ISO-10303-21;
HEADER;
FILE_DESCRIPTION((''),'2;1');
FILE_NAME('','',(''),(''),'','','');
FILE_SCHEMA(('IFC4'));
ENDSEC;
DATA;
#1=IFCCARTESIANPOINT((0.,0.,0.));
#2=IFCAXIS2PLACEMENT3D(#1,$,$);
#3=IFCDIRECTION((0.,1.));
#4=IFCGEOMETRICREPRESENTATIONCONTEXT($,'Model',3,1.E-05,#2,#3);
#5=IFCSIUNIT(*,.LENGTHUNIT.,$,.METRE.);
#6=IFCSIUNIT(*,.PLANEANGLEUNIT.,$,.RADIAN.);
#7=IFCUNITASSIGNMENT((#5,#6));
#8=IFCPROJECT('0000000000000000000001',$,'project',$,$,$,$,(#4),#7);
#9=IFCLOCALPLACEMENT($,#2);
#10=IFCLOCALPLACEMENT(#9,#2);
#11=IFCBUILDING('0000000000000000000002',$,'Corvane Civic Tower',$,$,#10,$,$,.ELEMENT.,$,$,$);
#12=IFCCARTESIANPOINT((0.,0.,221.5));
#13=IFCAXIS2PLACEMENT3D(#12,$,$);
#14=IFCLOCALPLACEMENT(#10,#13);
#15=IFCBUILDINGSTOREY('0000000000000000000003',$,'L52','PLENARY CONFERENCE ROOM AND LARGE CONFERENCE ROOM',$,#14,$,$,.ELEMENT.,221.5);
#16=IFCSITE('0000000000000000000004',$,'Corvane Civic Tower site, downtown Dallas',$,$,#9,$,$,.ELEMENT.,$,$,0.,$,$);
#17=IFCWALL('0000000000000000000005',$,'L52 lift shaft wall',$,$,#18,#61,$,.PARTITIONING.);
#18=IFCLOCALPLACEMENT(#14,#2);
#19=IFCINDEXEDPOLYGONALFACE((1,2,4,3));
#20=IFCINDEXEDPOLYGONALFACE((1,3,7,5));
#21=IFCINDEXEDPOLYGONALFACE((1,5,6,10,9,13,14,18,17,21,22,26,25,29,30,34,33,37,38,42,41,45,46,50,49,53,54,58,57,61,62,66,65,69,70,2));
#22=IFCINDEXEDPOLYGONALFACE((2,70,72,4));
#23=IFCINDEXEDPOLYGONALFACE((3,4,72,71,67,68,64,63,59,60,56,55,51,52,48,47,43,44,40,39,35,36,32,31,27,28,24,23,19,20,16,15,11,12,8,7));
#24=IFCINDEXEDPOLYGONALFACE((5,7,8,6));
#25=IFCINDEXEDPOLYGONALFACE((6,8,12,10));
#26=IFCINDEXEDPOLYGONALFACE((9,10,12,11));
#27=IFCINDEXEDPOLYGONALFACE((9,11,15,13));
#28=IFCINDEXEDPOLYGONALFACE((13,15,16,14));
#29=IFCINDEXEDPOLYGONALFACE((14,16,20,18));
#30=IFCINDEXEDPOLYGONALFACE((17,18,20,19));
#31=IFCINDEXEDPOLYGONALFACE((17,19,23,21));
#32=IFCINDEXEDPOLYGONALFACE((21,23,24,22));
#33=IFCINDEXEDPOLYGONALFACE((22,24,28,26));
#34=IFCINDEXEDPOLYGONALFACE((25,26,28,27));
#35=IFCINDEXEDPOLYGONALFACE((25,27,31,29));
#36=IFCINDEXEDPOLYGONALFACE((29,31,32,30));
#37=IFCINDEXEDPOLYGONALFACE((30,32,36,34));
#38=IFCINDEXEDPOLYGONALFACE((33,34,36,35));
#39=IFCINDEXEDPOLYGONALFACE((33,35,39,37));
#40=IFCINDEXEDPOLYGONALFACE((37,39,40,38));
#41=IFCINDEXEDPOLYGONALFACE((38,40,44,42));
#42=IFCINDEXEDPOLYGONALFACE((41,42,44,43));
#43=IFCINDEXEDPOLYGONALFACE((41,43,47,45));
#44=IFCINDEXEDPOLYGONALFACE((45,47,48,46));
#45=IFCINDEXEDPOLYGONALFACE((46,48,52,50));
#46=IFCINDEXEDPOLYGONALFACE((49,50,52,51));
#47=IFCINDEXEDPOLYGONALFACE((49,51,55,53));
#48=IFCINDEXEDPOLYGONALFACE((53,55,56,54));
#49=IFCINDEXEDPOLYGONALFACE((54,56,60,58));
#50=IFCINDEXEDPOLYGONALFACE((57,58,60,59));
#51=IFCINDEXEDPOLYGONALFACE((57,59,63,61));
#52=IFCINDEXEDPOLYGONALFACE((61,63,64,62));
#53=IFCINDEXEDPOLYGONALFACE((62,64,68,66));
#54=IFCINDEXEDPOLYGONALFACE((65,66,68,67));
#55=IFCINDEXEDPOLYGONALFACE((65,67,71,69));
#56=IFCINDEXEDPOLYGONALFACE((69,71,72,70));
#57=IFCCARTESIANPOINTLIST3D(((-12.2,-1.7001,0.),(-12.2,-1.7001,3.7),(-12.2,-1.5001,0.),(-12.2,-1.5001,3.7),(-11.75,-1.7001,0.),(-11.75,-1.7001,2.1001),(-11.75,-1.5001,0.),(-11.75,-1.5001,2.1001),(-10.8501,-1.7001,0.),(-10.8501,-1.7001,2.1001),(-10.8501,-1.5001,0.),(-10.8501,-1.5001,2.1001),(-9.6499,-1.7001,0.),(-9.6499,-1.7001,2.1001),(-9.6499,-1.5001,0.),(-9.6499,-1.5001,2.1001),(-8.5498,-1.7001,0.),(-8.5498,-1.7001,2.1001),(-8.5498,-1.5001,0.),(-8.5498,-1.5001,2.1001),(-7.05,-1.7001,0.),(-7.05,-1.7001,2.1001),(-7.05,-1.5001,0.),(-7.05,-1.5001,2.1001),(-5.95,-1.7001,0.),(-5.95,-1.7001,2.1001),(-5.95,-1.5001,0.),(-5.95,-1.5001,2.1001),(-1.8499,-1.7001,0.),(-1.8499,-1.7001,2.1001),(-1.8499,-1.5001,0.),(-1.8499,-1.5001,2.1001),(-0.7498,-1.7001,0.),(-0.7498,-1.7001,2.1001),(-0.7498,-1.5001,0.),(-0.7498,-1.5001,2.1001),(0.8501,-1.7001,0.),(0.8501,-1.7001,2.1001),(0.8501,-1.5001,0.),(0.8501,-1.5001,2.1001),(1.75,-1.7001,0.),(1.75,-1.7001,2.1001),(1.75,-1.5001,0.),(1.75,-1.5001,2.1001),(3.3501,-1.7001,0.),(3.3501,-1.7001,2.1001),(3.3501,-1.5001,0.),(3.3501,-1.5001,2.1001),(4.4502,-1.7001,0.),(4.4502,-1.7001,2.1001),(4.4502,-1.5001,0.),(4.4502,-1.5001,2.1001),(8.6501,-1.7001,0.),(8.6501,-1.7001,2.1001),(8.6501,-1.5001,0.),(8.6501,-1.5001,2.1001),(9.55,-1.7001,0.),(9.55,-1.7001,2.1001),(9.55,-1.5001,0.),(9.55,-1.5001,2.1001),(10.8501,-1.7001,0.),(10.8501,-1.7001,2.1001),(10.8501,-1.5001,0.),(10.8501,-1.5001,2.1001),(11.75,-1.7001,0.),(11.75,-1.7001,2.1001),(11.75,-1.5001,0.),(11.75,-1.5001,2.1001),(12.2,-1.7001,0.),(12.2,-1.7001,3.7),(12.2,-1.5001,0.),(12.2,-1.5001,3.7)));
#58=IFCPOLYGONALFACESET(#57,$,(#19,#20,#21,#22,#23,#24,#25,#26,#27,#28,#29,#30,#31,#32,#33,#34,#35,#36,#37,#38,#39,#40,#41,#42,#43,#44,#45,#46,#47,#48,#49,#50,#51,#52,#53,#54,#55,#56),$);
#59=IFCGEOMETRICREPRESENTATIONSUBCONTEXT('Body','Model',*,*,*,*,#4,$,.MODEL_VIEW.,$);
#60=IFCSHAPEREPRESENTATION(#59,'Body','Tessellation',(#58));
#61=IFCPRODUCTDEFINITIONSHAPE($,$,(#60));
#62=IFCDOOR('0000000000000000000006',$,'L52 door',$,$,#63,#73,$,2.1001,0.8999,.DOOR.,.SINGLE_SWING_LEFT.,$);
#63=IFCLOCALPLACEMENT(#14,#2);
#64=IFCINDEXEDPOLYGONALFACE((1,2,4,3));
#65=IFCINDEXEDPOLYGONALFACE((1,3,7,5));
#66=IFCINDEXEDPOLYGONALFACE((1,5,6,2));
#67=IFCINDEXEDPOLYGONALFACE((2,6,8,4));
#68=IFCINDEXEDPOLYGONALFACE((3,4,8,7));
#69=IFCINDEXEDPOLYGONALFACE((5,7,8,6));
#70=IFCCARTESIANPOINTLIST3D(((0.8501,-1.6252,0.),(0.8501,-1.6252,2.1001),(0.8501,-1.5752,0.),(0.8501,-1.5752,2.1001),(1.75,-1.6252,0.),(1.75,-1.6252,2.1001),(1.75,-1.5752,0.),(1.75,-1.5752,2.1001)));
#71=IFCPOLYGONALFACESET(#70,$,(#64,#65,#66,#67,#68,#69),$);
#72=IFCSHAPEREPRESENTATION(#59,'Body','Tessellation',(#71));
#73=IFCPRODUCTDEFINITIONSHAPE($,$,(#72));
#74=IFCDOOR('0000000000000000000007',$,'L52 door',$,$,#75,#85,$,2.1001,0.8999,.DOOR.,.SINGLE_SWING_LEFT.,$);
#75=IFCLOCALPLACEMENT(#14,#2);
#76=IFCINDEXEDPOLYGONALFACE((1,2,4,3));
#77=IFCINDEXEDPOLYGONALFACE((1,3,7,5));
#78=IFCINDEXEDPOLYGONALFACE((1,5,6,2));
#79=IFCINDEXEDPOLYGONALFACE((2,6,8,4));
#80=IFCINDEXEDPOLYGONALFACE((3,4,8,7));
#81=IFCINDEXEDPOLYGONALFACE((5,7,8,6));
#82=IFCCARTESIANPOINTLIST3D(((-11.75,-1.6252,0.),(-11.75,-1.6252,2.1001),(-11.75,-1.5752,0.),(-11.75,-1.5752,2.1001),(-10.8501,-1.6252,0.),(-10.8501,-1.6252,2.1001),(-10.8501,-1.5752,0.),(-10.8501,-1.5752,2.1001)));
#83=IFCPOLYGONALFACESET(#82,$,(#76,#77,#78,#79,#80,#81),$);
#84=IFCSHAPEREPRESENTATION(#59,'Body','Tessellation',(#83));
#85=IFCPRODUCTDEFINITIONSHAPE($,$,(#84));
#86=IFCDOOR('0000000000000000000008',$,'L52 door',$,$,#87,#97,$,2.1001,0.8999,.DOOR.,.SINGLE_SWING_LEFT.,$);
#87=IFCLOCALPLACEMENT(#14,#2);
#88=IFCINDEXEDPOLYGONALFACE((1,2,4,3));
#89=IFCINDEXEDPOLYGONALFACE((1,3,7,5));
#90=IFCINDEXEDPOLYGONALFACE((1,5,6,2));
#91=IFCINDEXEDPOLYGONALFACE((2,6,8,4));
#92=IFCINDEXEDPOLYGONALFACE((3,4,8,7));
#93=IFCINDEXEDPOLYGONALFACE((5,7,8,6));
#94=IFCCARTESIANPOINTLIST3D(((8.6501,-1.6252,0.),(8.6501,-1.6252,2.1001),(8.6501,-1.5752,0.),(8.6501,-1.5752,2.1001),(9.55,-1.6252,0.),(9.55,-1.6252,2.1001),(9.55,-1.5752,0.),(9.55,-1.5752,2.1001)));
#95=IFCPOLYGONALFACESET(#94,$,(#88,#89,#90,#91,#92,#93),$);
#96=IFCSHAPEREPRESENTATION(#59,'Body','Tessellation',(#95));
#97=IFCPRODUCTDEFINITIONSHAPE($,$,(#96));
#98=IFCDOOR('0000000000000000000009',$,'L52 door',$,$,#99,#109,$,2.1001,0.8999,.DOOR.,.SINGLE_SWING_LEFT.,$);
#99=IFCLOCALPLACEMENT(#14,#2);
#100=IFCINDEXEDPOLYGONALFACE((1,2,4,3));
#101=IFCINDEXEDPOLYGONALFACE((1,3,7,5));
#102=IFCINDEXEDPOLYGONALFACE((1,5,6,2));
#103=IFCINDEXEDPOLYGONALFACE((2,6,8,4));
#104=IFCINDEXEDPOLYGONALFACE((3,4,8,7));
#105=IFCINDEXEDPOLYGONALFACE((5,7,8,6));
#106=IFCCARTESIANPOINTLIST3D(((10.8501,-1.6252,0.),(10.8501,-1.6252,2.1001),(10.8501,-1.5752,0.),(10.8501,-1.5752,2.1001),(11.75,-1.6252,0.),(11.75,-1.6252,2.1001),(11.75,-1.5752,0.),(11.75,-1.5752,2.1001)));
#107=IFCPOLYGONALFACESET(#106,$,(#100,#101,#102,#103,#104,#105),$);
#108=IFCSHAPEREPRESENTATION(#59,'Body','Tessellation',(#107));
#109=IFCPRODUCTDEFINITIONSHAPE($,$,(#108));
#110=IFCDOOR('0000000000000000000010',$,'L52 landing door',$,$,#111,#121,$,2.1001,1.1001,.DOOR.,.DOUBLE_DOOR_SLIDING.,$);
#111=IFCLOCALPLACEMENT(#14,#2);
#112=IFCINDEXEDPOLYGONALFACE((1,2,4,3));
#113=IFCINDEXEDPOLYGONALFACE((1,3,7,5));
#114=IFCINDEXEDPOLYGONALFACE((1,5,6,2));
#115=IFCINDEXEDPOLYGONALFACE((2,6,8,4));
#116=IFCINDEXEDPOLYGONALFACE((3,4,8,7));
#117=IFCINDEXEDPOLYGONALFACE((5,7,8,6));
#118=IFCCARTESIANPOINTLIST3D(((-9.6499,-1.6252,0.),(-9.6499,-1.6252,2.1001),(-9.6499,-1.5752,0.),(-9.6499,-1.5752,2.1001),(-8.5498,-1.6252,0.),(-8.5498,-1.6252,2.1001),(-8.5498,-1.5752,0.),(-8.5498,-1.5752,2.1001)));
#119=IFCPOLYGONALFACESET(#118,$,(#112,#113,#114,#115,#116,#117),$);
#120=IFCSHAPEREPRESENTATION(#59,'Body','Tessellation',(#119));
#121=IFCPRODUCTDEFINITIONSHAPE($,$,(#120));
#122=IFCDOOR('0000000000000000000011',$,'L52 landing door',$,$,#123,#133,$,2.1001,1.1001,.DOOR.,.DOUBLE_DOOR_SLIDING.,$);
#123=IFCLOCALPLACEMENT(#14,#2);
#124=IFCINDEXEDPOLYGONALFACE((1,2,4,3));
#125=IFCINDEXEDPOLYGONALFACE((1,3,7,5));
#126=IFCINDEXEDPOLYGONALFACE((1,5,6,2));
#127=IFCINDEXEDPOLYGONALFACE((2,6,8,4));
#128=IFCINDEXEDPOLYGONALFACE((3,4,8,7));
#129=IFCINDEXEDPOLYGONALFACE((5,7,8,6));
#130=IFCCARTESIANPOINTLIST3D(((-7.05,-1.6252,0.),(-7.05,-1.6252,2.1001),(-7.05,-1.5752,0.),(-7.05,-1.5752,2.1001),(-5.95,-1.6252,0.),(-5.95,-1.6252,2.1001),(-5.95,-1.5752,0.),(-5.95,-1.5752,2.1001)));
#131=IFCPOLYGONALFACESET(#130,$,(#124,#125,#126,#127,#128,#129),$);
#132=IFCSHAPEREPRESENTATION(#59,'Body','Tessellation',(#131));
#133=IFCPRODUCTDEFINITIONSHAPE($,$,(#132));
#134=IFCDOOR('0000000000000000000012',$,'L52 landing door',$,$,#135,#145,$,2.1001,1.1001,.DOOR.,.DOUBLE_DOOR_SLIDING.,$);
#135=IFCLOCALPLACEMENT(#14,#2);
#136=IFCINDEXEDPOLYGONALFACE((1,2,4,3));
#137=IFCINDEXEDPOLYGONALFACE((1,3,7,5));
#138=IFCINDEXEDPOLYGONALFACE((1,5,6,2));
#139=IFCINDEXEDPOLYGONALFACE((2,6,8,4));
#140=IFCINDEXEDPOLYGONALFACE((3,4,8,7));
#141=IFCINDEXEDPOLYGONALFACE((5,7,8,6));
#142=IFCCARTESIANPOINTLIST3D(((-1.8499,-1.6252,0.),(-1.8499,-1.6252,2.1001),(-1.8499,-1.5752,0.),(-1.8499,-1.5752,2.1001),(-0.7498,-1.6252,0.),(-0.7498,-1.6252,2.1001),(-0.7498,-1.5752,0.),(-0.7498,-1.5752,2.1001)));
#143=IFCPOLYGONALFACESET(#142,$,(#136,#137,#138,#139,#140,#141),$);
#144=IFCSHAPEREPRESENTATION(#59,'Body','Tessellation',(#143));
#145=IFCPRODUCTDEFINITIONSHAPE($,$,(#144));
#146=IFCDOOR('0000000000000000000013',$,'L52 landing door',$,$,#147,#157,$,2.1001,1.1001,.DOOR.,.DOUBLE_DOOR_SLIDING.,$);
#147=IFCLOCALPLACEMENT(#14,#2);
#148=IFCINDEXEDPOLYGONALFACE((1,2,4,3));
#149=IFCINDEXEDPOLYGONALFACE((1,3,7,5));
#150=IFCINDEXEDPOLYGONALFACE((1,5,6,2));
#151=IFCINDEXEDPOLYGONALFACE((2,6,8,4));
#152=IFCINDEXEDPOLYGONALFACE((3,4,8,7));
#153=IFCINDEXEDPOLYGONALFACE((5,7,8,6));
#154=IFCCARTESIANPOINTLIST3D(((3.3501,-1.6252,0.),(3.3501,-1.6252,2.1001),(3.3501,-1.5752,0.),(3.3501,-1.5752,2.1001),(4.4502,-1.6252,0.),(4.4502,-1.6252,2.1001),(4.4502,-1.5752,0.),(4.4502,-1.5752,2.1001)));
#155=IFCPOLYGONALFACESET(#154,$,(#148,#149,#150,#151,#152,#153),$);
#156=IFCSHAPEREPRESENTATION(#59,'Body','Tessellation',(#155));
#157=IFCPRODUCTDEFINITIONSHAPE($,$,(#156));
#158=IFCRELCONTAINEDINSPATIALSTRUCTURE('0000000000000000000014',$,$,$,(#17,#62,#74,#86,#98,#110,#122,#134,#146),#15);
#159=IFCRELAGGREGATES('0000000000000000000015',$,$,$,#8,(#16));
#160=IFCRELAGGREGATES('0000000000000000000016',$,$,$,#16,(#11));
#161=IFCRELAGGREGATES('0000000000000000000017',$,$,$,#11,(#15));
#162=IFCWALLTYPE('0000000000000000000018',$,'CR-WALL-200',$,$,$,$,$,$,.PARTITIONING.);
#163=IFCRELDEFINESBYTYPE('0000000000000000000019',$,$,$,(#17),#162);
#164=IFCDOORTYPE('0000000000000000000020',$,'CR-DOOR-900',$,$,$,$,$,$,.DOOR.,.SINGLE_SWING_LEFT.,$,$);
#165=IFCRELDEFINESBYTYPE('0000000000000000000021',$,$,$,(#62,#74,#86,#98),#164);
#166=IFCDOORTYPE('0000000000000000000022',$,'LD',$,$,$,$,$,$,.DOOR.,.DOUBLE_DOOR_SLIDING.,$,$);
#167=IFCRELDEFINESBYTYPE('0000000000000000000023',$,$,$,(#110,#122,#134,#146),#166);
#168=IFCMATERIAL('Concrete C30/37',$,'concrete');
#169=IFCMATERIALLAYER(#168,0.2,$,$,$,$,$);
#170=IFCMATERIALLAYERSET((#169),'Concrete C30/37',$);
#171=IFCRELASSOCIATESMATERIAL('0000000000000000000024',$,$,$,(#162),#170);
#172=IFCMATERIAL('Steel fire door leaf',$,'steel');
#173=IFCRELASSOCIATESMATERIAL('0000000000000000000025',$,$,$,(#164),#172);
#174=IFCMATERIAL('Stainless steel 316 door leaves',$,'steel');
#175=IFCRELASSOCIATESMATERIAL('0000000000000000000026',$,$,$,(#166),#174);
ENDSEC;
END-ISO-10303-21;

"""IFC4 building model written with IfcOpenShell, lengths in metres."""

from ifc_helpers import new_model, si_unit, direction, frame, frame_2d, origin, place, context, subcontext, project, spatial, rectangle, extrude, material, layer, layer_set, type_object, element, fill, save


model = new_model("IFC4")

# Units and contexts
model_context = context("Model", 3, precision=1e-05, world=origin(), true_north=direction((0.0, 1.0)))
body_context = subcontext(model_context, "Body", "Model", "MODEL_VIEW")
ifc_project = project(units=[si_unit("LENGTHUNIT", "METRE"), si_unit("PLANEANGLEUNIT", "RADIAN")], contexts=[model_context])

# Site, building, storey
site_placement = place(None, origin())
site = spatial("IfcSite", under=ifc_project, at=site_placement, Name="Corvane Civic Tower site, downtown Dallas", CompositionType="ELEMENT", RefElevation=0.0)
building_placement = place(site_placement, origin())
building = spatial("IfcBuilding", under=site, at=building_placement, Name="Corvane Civic Tower", CompositionType="ELEMENT")
storey_placement = place(building_placement, frame((0.0, 0.0, 221.5)))
storey = spatial("IfcBuildingStorey", under=building, at=storey_placement, Name="L52", Description="PLENARY CONFERENCE ROOM AND LARGE CONFERENCE ROOM", CompositionType="ELEMENT", Elevation=221.5)

# Shared definitions
ifc_material_1 = material(Name="Concrete C30/37", Category="concrete")
ifc_layer_1 = layer(ifc_material_1, 0.2)
ifc_layer_set_1 = layer_set([ifc_layer_1], Name="Concrete C30/37")
wall_type_1 = type_object("IfcWallType", Name="CR-WALL-200", PredefinedType="PARTITIONING", material=ifc_layer_set_1)
ifc_material_2 = material(Name="Steel fire door leaf", Category="steel")
door_type_1 = type_object("IfcDoorType", Name="CR-DOOR-900", OperationType="SINGLE_SWING_LEFT", PredefinedType="DOOR", material=ifc_material_2)

# Wall, openings, doors
wall_1_placement = place(storey_placement, frame((-12.2, -1.6001, 0.0), z_axis=(0.0, 0.0, 1.0), x_axis=(1.0, 0.0, 0.0)))
wall_1 = element("IfcWall", 1, at=wall_1_placement, inside=storey, type_object=wall_type_1, Name="L52 lift shaft wall", PredefinedType="PARTITIONING", context=body_context, shape_type="SweptSolid", body=[
    extrude(rectangle(XDim=24.3999, YDim=0.2, at=frame_2d((12.2, 0.0))), origin(), (0.0, 0.0, 1.0), 3.7),
])
opening_1_placement = place(wall_1_placement, frame((2.55, 0.0, 0.0)))
opening_1 = element("IfcOpeningElement", 2, at=opening_1_placement, cuts=wall_1, PredefinedType="OPENING", context=body_context, shape_type="SweptSolid", body=[
    extrude(rectangle(XDim=1.1001, YDim=2.1001, at=frame_2d((0.55, 1.05))), frame((0.0, 0.1099, 0.0), z_axis=(0.0, -1.0, 0.0), x_axis=(1.0, 0.0, 0.0)), (0.0, 0.0, 1.0), 0.22),
])
opening_2_placement = place(wall_1_placement, frame((5.1499, 0.0, 0.0)))
opening_2 = element("IfcOpeningElement", 3, at=opening_2_placement, cuts=wall_1, PredefinedType="OPENING", context=body_context, shape_type="SweptSolid", body=[
    extrude(rectangle(XDim=1.1001, YDim=2.1001, at=frame_2d((0.55, 1.05))), frame((0.0, 0.1099, 0.0), z_axis=(0.0, -1.0, 0.0), x_axis=(1.0, 0.0, 0.0)), (0.0, 0.0, 1.0), 0.22),
])
opening_3_placement = place(wall_1_placement, frame((10.3501, 0.0, 0.0)))
opening_3 = element("IfcOpeningElement", 4, at=opening_3_placement, cuts=wall_1, PredefinedType="OPENING", context=body_context, shape_type="SweptSolid", body=[
    extrude(rectangle(XDim=1.1001, YDim=2.1001, at=frame_2d((0.55, 1.05))), frame((0.0, 0.1099, 0.0), z_axis=(0.0, -1.0, 0.0), x_axis=(1.0, 0.0, 0.0)), (0.0, 0.0, 1.0), 0.22),
])
opening_4_placement = place(wall_1_placement, frame((13.05, 0.0, 0.0)))
opening_4 = element("IfcOpeningElement", 5, at=opening_4_placement, cuts=wall_1, PredefinedType="OPENING", context=body_context, shape_type="SweptSolid", body=[
    extrude(rectangle(XDim=0.8999, YDim=2.1001, at=frame_2d((0.45, 1.05))), frame((0.0, 0.1099, 0.0), z_axis=(0.0, -1.0, 0.0), x_axis=(1.0, 0.0, 0.0)), (0.0, 0.0, 1.0), 0.22),
])
opening_5_placement = place(wall_1_placement, frame((15.55, 0.0, 0.0)))
opening_5 = element("IfcOpeningElement", 6, at=opening_5_placement, cuts=wall_1, PredefinedType="OPENING", context=body_context, shape_type="SweptSolid", body=[
    extrude(rectangle(XDim=1.1001, YDim=2.1001, at=frame_2d((0.55, 1.05))), frame((0.0, 0.1099, 0.0), z_axis=(0.0, -1.0, 0.0), x_axis=(1.0, 0.0, 0.0)), (0.0, 0.0, 1.0), 0.22),
])
opening_6_placement = place(wall_1_placement, frame((0.45, 0.0, 0.0)))
opening_6 = element("IfcOpeningElement", 7, at=opening_6_placement, cuts=wall_1, PredefinedType="OPENING", context=body_context, shape_type="SweptSolid", body=[
    extrude(rectangle(XDim=0.8999, YDim=2.1001, at=frame_2d((0.45, 1.05))), frame((0.0, 0.1099, 0.0), z_axis=(0.0, -1.0, 0.0), x_axis=(1.0, 0.0, 0.0)), (0.0, 0.0, 1.0), 0.22),
])
opening_7_placement = place(wall_1_placement, frame((20.8501, 0.0, 0.0)))
opening_7 = element("IfcOpeningElement", 8, at=opening_7_placement, cuts=wall_1, PredefinedType="OPENING", context=body_context, shape_type="SweptSolid", body=[
    extrude(rectangle(XDim=0.8999, YDim=2.1001, at=frame_2d((0.45, 1.05))), frame((0.0, 0.1099, 0.0), z_axis=(0.0, -1.0, 0.0), x_axis=(1.0, 0.0, 0.0)), (0.0, 0.0, 1.0), 0.22),
])
opening_8_placement = place(wall_1_placement, frame((23.05, 0.0, 0.0)))
opening_8 = element("IfcOpeningElement", 9, at=opening_8_placement, cuts=wall_1, PredefinedType="OPENING", context=body_context, shape_type="SweptSolid", body=[
    extrude(rectangle(XDim=0.8999, YDim=2.1001, at=frame_2d((0.45, 1.05))), frame((0.0, 0.1099, 0.0), z_axis=(0.0, -1.0, 0.0), x_axis=(1.0, 0.0, 0.0)), (0.0, 0.0, 1.0), 0.22),
])
door_1_placement = place(opening_4_placement, origin())
door_1 = element("IfcDoor", 10, at=door_1_placement, inside=storey, type_object=door_type_1, Name="L52 door", OperationType="SINGLE_SWING_LEFT", OverallHeight=2.1001, OverallWidth=0.8999, PredefinedType="DOOR", context=body_context, shape_type="SweptSolid", body=[
    extrude(rectangle(XDim=0.8999, YDim=2.1001, at=frame_2d((0.45, 1.05))), frame((0.0, 0.0249, 0.0), z_axis=(0.0, -1.0, 0.0), x_axis=(1.0, 0.0, 0.0)), (0.0, 0.0, 1.0), 0.05),
])
fill(opening_4, door_1)
door_2_placement = place(opening_6_placement, origin())
door_2 = element("IfcDoor", 11, at=door_2_placement, inside=storey, type_object=door_type_1, Name="L52 door", OperationType="SINGLE_SWING_LEFT", OverallHeight=2.1001, OverallWidth=0.8999, PredefinedType="DOOR", context=body_context, shape_type="SweptSolid", body=[
    extrude(rectangle(XDim=0.8999, YDim=2.1001, at=frame_2d((0.45, 1.05))), frame((0.0, 0.0249, 0.0), z_axis=(0.0, -1.0, 0.0), x_axis=(1.0, 0.0, 0.0)), (0.0, 0.0, 1.0), 0.05),
])
fill(opening_6, door_2)
door_3_placement = place(opening_7_placement, origin())
door_3 = element("IfcDoor", 12, at=door_3_placement, inside=storey, type_object=door_type_1, Name="L52 door", OperationType="SINGLE_SWING_LEFT", OverallHeight=2.1001, OverallWidth=0.8999, PredefinedType="DOOR", context=body_context, shape_type="SweptSolid", body=[
    extrude(rectangle(XDim=0.8999, YDim=2.1001, at=frame_2d((0.45, 1.05))), frame((0.0, 0.0249, 0.0), z_axis=(0.0, -1.0, 0.0), x_axis=(1.0, 0.0, 0.0)), (0.0, 0.0, 1.0), 0.05),
])
fill(opening_7, door_3)
door_4_placement = place(opening_8_placement, origin())
door_4 = element("IfcDoor", 13, at=door_4_placement, inside=storey, type_object=door_type_1, Name="L52 door", OperationType="SINGLE_SWING_LEFT", OverallHeight=2.1001, OverallWidth=0.8999, PredefinedType="DOOR", context=body_context, shape_type="SweptSolid", body=[
    extrude(rectangle(XDim=0.8999, YDim=2.1001, at=frame_2d((0.45, 1.05))), frame((0.0, 0.0249, 0.0), z_axis=(0.0, -1.0, 0.0), x_axis=(1.0, 0.0, 0.0)), (0.0, 0.0, 1.0), 0.05),
])
fill(opening_8, door_4)
ifc_material_3 = material(Name="Stainless steel 316 door leaves", Category="steel")
door_type_2 = type_object("IfcDoorType", Name="LD", OperationType="DOUBLE_DOOR_SLIDING", PredefinedType="DOOR", material=ifc_material_3)
door_5_placement = place(opening_1_placement, origin())
door_5 = element("IfcDoor", 14, at=door_5_placement, inside=storey, type_object=door_type_2, Name="L52 landing door", OperationType="DOUBLE_DOOR_SLIDING", OverallHeight=2.1001, OverallWidth=1.1001, PredefinedType="DOOR", context=body_context, shape_type="SweptSolid", body=[
    extrude(rectangle(XDim=1.1001, YDim=2.1001, at=frame_2d((0.55, 1.05))), frame((0.0, 0.0249, 0.0), z_axis=(0.0, -1.0, 0.0), x_axis=(1.0, 0.0, 0.0)), (0.0, 0.0, 1.0), 0.05),
])
fill(opening_1, door_5)
door_6_placement = place(opening_2_placement, origin())
door_6 = element("IfcDoor", 15, at=door_6_placement, inside=storey, type_object=door_type_2, Name="L52 landing door", OperationType="DOUBLE_DOOR_SLIDING", OverallHeight=2.1001, OverallWidth=1.1001, PredefinedType="DOOR", context=body_context, shape_type="SweptSolid", body=[
    extrude(rectangle(XDim=1.1001, YDim=2.1001, at=frame_2d((0.55, 1.05))), frame((0.0, 0.0249, 0.0), z_axis=(0.0, -1.0, 0.0), x_axis=(1.0, 0.0, 0.0)), (0.0, 0.0, 1.0), 0.05),
])
fill(opening_2, door_6)
door_7_placement = place(opening_3_placement, origin())
door_7 = element("IfcDoor", 16, at=door_7_placement, inside=storey, type_object=door_type_2, Name="L52 landing door", OperationType="DOUBLE_DOOR_SLIDING", OverallHeight=2.1001, OverallWidth=1.1001, PredefinedType="DOOR", context=body_context, shape_type="SweptSolid", body=[
    extrude(rectangle(XDim=1.1001, YDim=2.1001, at=frame_2d((0.55, 1.05))), frame((0.0, 0.0249, 0.0), z_axis=(0.0, -1.0, 0.0), x_axis=(1.0, 0.0, 0.0)), (0.0, 0.0, 1.0), 0.05),
])
fill(opening_3, door_7)
door_8_placement = place(opening_5_placement, origin())
door_8 = element("IfcDoor", 17, at=door_8_placement, inside=storey, type_object=door_type_2, Name="L52 landing door", OperationType="DOUBLE_DOOR_SLIDING", OverallHeight=2.1001, OverallWidth=1.1001, PredefinedType="DOOR", context=body_context, shape_type="SweptSolid", body=[
    extrude(rectangle(XDim=1.1001, YDim=2.1001, at=frame_2d((0.55, 1.05))), frame((0.0, 0.0249, 0.0), z_axis=(0.0, -1.0, 0.0), x_axis=(1.0, 0.0, 0.0)), (0.0, 0.0, 1.0), 0.05),
])
fill(opening_5, door_8)

save(model, "model.ifc")
